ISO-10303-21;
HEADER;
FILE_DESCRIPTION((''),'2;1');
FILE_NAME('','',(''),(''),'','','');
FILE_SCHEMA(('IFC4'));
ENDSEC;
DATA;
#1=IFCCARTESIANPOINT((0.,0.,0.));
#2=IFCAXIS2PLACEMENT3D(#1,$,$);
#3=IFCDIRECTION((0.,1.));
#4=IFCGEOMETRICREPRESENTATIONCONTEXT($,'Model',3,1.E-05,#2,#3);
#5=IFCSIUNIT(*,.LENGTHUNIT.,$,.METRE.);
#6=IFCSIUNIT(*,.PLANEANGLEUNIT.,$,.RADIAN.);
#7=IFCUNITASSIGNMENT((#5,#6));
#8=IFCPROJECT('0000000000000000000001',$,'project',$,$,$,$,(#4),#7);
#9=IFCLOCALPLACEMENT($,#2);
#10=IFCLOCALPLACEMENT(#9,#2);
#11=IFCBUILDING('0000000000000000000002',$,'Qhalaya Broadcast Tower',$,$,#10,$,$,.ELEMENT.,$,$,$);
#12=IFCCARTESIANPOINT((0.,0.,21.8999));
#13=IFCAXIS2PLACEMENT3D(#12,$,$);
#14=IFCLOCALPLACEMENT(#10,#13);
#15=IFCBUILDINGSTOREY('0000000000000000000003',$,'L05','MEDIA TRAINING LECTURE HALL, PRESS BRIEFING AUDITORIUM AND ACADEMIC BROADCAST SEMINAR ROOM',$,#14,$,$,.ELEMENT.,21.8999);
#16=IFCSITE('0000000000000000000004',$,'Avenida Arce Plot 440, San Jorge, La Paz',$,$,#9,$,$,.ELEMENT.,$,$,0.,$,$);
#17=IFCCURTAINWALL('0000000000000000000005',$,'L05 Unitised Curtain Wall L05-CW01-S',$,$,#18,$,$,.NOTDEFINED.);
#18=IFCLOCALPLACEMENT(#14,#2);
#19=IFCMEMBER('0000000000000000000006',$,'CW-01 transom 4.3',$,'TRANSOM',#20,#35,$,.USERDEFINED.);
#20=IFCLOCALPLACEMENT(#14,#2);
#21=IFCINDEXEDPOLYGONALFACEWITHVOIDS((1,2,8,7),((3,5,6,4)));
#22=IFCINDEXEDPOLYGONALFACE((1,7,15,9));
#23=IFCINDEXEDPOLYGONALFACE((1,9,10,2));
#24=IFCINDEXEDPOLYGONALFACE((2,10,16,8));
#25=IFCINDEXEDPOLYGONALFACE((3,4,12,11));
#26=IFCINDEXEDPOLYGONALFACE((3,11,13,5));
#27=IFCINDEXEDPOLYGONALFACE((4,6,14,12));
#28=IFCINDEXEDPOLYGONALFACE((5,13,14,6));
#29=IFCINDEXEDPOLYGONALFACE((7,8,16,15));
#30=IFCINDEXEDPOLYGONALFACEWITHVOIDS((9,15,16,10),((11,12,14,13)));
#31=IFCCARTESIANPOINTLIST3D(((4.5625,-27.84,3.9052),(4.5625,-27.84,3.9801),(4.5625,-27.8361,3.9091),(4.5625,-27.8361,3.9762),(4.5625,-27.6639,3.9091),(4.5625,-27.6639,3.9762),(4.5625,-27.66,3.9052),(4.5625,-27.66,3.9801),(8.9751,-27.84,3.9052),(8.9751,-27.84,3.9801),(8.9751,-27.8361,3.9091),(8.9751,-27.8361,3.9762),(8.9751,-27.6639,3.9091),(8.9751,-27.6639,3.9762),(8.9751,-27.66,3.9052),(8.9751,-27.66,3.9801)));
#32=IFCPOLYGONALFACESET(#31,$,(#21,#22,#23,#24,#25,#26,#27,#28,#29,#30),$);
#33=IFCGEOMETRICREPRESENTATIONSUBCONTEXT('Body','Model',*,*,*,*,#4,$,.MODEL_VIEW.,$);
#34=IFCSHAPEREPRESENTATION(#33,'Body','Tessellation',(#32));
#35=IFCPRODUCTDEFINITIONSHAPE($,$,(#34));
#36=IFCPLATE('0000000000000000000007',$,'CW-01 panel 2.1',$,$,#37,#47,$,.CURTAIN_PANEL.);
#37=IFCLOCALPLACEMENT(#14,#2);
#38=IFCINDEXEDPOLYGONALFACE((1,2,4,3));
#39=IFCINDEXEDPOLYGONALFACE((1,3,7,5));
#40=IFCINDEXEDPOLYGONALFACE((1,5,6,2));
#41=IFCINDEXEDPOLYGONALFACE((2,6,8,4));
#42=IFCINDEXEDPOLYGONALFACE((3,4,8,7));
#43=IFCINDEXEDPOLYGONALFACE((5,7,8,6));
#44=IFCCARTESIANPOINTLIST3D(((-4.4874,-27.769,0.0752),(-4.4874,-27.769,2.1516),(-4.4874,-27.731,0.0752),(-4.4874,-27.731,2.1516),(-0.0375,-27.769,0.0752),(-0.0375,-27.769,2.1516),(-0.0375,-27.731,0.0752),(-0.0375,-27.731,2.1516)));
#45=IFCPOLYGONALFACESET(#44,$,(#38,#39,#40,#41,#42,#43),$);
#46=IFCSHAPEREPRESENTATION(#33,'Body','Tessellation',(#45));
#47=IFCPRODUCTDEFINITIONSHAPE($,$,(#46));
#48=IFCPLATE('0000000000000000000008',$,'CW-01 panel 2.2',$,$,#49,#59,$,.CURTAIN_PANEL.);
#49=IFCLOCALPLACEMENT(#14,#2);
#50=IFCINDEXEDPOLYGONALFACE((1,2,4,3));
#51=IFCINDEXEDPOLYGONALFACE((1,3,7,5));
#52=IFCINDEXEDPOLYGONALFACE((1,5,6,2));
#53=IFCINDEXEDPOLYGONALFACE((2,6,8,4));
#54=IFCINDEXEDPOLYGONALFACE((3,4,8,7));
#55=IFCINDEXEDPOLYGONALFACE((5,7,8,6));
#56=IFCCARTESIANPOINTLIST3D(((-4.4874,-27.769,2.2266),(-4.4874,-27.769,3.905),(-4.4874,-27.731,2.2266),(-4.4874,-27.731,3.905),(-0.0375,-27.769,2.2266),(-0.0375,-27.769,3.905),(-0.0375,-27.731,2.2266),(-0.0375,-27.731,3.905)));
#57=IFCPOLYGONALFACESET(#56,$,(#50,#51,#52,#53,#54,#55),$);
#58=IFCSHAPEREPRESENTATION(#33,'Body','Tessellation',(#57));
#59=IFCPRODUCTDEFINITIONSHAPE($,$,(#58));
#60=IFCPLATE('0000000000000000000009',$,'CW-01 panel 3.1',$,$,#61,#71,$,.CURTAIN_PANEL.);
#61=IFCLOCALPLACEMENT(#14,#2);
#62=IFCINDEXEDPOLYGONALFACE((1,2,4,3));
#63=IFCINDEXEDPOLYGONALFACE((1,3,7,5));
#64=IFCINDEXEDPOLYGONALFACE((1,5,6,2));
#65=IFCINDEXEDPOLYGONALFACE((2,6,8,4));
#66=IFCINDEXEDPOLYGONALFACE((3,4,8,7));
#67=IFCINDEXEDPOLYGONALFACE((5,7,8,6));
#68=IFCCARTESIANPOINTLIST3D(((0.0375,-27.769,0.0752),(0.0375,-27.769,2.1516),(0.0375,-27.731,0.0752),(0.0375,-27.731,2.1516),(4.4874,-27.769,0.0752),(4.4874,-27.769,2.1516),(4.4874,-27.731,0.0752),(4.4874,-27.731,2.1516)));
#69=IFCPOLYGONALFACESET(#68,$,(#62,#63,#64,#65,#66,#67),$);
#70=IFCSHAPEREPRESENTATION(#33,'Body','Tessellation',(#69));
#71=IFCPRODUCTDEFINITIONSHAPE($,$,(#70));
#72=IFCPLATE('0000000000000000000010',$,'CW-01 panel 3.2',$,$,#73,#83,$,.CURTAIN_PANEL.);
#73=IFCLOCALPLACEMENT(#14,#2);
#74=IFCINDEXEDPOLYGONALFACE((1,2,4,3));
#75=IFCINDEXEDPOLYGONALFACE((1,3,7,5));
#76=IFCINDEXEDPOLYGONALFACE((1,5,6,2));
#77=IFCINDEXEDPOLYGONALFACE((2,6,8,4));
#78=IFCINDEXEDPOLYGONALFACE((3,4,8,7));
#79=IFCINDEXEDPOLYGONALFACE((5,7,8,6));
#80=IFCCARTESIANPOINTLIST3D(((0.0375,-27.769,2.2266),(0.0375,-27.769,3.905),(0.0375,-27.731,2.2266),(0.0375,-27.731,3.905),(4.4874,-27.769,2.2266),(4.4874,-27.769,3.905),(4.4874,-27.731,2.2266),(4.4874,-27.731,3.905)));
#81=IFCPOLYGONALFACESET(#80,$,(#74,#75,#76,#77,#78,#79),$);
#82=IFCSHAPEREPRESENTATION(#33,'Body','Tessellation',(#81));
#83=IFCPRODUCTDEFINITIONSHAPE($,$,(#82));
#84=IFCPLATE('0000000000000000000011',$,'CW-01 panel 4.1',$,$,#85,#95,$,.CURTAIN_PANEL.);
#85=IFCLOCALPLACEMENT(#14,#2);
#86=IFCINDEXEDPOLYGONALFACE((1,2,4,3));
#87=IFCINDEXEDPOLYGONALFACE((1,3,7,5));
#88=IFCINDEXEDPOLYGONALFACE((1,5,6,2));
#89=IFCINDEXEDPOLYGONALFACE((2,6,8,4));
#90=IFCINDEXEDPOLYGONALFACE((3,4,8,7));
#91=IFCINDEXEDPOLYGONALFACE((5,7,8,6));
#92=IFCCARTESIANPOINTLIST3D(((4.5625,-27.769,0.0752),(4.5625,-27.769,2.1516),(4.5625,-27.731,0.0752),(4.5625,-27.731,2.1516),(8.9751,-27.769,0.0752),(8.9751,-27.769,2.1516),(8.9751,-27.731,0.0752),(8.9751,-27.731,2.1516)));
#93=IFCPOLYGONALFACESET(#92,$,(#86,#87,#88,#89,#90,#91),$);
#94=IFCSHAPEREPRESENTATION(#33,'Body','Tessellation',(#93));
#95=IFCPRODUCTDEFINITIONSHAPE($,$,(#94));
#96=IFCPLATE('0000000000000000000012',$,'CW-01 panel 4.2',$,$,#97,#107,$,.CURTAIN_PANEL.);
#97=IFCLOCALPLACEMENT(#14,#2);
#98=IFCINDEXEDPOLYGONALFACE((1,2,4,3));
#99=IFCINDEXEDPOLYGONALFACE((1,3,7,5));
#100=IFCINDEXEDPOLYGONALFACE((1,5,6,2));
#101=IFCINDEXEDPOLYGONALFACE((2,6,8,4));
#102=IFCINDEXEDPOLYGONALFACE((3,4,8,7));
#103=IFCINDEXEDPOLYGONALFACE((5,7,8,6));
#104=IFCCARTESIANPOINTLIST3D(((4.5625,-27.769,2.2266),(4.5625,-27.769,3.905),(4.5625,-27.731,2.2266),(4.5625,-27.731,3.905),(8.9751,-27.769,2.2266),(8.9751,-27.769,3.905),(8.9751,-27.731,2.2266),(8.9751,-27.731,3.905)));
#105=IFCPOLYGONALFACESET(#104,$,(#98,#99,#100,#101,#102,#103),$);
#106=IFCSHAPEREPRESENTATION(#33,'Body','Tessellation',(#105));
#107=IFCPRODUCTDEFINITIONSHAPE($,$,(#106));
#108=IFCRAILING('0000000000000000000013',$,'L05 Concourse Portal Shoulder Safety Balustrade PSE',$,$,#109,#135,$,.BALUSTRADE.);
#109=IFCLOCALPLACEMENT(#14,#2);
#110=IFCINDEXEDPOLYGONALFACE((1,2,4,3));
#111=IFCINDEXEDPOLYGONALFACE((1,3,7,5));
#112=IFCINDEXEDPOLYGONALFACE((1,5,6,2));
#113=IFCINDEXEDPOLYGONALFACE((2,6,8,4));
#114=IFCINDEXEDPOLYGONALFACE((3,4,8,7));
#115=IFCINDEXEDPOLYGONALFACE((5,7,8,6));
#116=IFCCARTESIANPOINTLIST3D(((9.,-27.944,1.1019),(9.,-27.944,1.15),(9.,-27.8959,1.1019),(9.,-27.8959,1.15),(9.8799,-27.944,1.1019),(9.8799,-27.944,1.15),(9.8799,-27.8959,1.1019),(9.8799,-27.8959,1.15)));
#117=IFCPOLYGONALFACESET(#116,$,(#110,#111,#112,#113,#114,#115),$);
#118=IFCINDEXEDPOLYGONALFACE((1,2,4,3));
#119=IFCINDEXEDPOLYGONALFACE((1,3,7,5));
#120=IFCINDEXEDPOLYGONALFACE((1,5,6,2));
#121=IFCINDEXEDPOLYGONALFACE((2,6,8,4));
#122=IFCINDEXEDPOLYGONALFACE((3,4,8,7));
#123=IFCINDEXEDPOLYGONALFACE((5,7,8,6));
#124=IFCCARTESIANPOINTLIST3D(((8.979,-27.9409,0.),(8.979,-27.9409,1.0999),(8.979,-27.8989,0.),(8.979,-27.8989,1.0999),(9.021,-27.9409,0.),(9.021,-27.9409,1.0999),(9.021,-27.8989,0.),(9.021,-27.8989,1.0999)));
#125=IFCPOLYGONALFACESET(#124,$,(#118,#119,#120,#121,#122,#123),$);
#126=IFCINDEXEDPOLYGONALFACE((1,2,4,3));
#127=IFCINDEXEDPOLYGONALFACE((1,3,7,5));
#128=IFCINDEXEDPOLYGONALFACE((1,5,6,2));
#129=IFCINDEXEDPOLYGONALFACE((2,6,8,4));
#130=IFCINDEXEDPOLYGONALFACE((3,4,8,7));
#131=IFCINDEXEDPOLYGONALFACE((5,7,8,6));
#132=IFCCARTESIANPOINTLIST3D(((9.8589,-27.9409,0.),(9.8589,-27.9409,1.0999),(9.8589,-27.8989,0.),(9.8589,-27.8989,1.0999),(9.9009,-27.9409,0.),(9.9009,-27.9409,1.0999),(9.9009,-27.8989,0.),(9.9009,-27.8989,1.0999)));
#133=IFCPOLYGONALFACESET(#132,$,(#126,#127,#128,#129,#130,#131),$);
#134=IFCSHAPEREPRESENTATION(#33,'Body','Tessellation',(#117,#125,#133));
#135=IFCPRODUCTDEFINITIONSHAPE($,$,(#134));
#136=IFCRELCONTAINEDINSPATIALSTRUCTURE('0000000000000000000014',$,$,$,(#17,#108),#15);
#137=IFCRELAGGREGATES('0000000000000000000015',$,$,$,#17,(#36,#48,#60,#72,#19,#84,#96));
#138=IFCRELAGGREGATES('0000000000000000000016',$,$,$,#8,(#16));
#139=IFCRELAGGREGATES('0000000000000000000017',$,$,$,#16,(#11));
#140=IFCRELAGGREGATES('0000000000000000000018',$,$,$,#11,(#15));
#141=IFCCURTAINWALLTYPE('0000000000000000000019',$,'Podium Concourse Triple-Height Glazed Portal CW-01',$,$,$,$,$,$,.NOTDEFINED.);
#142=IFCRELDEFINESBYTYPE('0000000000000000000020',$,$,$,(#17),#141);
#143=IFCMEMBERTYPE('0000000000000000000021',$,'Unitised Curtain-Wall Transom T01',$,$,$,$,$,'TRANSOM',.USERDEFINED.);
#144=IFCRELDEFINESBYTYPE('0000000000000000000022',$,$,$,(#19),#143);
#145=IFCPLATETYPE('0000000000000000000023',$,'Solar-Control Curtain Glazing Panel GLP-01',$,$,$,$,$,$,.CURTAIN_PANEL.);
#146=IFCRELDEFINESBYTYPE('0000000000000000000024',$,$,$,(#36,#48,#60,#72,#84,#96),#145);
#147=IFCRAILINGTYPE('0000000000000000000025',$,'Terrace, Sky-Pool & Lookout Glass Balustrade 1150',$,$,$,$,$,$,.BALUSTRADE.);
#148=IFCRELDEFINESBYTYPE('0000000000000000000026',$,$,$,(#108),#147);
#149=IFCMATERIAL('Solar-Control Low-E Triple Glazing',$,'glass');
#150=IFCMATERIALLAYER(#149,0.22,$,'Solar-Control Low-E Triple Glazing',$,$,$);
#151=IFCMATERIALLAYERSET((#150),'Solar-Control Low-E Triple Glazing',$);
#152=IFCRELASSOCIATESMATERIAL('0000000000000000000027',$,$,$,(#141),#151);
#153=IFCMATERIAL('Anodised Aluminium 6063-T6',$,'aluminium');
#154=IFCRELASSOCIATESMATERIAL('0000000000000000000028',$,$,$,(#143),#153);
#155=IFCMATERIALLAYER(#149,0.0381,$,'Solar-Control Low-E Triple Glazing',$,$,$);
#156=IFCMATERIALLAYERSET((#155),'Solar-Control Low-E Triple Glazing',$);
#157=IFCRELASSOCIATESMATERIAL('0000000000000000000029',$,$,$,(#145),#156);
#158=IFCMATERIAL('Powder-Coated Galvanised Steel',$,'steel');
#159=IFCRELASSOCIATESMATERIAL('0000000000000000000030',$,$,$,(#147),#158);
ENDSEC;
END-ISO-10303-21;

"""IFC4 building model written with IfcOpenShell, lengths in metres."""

from ifc_helpers import new_model, si_unit, direction, frame, origin, origin_2d, place, context, subcontext, project, spatial, rectangle, hollow_rectangle, extrude, material, layer, layer_set, material_profile, profile_set, type_object, element, aggregate, save


model = new_model("IFC4")

# Units and contexts
model_context = context("Model", 3, precision=1e-05, world=origin(), true_north=direction((0.0, 1.0)))
body_context = subcontext(model_context, "Body", "Model", "MODEL_VIEW")
ifc_project = project(units=[si_unit("LENGTHUNIT", "METRE"), si_unit("PLANEANGLEUNIT", "RADIAN")], contexts=[model_context])

# Site, building, storey
site_placement = place(None, origin())
site = spatial("IfcSite", under=ifc_project, at=site_placement, Name="Avenida Arce Plot 440, San Jorge, La Paz", CompositionType="ELEMENT", RefElevation=0.0)
building_placement = place(site_placement, origin())
building = spatial("IfcBuilding", under=site, at=building_placement, Name="Qhalaya Broadcast Tower", CompositionType="ELEMENT")
storey_placement = place(building_placement, frame((0.0, 0.0, 21.8999)))
storey = spatial("IfcBuildingStorey", under=building, at=storey_placement, Name="L05", Description="MEDIA TRAINING LECTURE HALL, PRESS BRIEFING AUDITORIUM AND ACADEMIC BROADCAST SEMINAR ROOM", CompositionType="ELEMENT", Elevation=21.8999)

# Curtain wall, member, plates
ifc_material_1 = material(Name="Solar-Control Low-E Triple Glazing", Category="glass")
ifc_layer_1 = layer(ifc_material_1, 0.22, Name="Solar-Control Low-E Triple Glazing")
ifc_layer_set_1 = layer_set([ifc_layer_1], Name="Solar-Control Low-E Triple Glazing")
curtain_wall_type = type_object("IfcCurtainWallType", Name="Podium Concourse Triple-Height Glazed Portal CW-01", PredefinedType="NOTDEFINED", material=ifc_layer_set_1)
curtain_wall_placement = place(storey_placement, origin())
curtain_wall = element("IfcCurtainWall", 1, at=curtain_wall_placement, inside=storey, type_object=curtain_wall_type, Name="L05 Unitised Curtain Wall L05-CW01-S", PredefinedType="NOTDEFINED")
ifc_material_2 = material(Name="Anodised Aluminium 6063-T6", Category="aluminium")
ifc_material_profile_1 = material_profile(ifc_material_2, hollow_rectangle(XDim=0.075, YDim=0.1799, WallThickness=0.0039, at=origin_2d()), Name="ALU-TRN 75x180x4")
ifc_profile_set_1 = profile_set([ifc_material_profile_1], Name="Anodised Aluminium 6063-T6")
member_type_1 = type_object("IfcMemberType", Name="Unitised Curtain-Wall Transom T01", ElementType="TRANSOM", PredefinedType="USERDEFINED", material=ifc_profile_set_1)
member_1_placement = place(storey_placement, frame((4.5625, -27.75, 3.9426), z_axis=(1.0, 0.0, 0.0), x_axis=(0.0, 0.0, 1.0)))
member_1 = element("IfcMember", 2, at=member_1_placement, type_object=member_type_1, Name="CW-01 transom 4.3", ObjectType="TRANSOM", PredefinedType="USERDEFINED", context=body_context, shape_type="SweptSolid", body=[
    extrude(hollow_rectangle(XDim=0.075, YDim=0.1799, WallThickness=0.0039, at=origin_2d()), origin(), (0.0, 0.0, 1.0), 4.4126),
])
ifc_layer_2 = layer(ifc_material_1, 0.0381, Name="Solar-Control Low-E Triple Glazing")
ifc_layer_set_2 = layer_set([ifc_layer_2], Name="Solar-Control Low-E Triple Glazing")
plate_type = type_object("IfcPlateType", Name="Solar-Control Curtain Glazing Panel GLP-01", PredefinedType="CURTAIN_PANEL", material=ifc_layer_set_2)
plate_1_placement = place(storey_placement, frame((-2.2625, -27.75, 0.0752), z_axis=(0.0, 0.0, 1.0), x_axis=(1.0, 0.0, 0.0)))
plate_1 = element("IfcPlate", 3, at=plate_1_placement, type_object=plate_type, Name="CW-01 panel 2.1", PredefinedType="CURTAIN_PANEL", context=body_context, shape_type="SweptSolid", body=[
    extrude(rectangle(XDim=4.45, YDim=0.0381, at=origin_2d()), origin(), (0.0, 0.0, 1.0), 2.0764),
])
plate_2_placement = place(storey_placement, frame((-2.2625, -27.75, 2.2266), z_axis=(0.0, 0.0, 1.0), x_axis=(1.0, 0.0, 0.0)))
plate_2 = element("IfcPlate", 4, at=plate_2_placement, type_object=plate_type, Name="CW-01 panel 2.2", PredefinedType="CURTAIN_PANEL", context=body_context, shape_type="SweptSolid", body=[
    extrude(rectangle(XDim=4.45, YDim=0.0381, at=origin_2d()), origin(), (0.0, 0.0, 1.0), 1.6785),
])
plate_3_placement = place(storey_placement, frame((2.2625, -27.75, 0.0752), z_axis=(0.0, 0.0, 1.0), x_axis=(1.0, 0.0, 0.0)))
plate_3 = element("IfcPlate", 5, at=plate_3_placement, type_object=plate_type, Name="CW-01 panel 3.1", PredefinedType="CURTAIN_PANEL", context=body_context, shape_type="SweptSolid", body=[
    extrude(rectangle(XDim=4.45, YDim=0.0381, at=origin_2d()), origin(), (0.0, 0.0, 1.0), 2.0764),
])
plate_4_placement = place(storey_placement, frame((2.2625, -27.75, 2.2266), z_axis=(0.0, 0.0, 1.0), x_axis=(1.0, 0.0, 0.0)))
plate_4 = element("IfcPlate", 6, at=plate_4_placement, type_object=plate_type, Name="CW-01 panel 3.2", PredefinedType="CURTAIN_PANEL", context=body_context, shape_type="SweptSolid", body=[
    extrude(rectangle(XDim=4.45, YDim=0.0381, at=origin_2d()), origin(), (0.0, 0.0, 1.0), 1.6785),
])
plate_5_placement = place(storey_placement, frame((6.7688, -27.75, 0.0752), z_axis=(0.0, 0.0, 1.0), x_axis=(1.0, 0.0, 0.0)))
plate_5 = element("IfcPlate", 7, at=plate_5_placement, type_object=plate_type, Name="CW-01 panel 4.1", PredefinedType="CURTAIN_PANEL", context=body_context, shape_type="SweptSolid", body=[
    extrude(rectangle(XDim=4.4126, YDim=0.0381, at=origin_2d()), origin(), (0.0, 0.0, 1.0), 2.0764),
])
plate_6_placement = place(storey_placement, frame((6.7688, -27.75, 2.2266), z_axis=(0.0, 0.0, 1.0), x_axis=(1.0, 0.0, 0.0)))
plate_6 = element("IfcPlate", 8, at=plate_6_placement, type_object=plate_type, Name="CW-01 panel 4.2", PredefinedType="CURTAIN_PANEL", context=body_context, shape_type="SweptSolid", body=[
    extrude(rectangle(XDim=4.4126, YDim=0.0381, at=origin_2d()), origin(), (0.0, 0.0, 1.0), 1.6785),
])
aggregate(curtain_wall, [plate_1, plate_2, plate_3, plate_4, member_1, plate_5, plate_6])

# Railing
ifc_material_3 = material(Name="Powder-Coated Galvanised Steel", Category="steel")
railing_type = type_object("IfcRailingType", Name="Terrace, Sky-Pool & Lookout Glass Balustrade 1150", PredefinedType="BALUSTRADE", material=ifc_material_3)
railing_placement = place(storey_placement, frame((9.0, -27.9199, 0.0)))
element("IfcRailing", 9, at=railing_placement, inside=storey, type_object=railing_type, Name="L05 Concourse Portal Shoulder Safety Balustrade PSE", PredefinedType="BALUSTRADE", context=body_context, shape_type="SweptSolid", body=[
    extrude(rectangle(XDim=0.0481, YDim=0.0481, at=origin_2d()), frame((0.0, 0.0, 1.126), z_axis=(1.0, 0.0, 0.0), x_axis=(0.0, 1.0, 0.0)), (0.0, 0.0, 1.0), 0.8799),
    extrude(rectangle(XDim=0.042, YDim=0.042, at=origin_2d()), origin(), (0.0, 0.0, 1.0), 1.0999),
    extrude(rectangle(XDim=0.042, YDim=0.042, at=origin_2d()), frame((0.8799, 0.0, 0.0)), (0.0, 0.0, 1.0), 1.0999),
])

save(model, "model.ifc")
